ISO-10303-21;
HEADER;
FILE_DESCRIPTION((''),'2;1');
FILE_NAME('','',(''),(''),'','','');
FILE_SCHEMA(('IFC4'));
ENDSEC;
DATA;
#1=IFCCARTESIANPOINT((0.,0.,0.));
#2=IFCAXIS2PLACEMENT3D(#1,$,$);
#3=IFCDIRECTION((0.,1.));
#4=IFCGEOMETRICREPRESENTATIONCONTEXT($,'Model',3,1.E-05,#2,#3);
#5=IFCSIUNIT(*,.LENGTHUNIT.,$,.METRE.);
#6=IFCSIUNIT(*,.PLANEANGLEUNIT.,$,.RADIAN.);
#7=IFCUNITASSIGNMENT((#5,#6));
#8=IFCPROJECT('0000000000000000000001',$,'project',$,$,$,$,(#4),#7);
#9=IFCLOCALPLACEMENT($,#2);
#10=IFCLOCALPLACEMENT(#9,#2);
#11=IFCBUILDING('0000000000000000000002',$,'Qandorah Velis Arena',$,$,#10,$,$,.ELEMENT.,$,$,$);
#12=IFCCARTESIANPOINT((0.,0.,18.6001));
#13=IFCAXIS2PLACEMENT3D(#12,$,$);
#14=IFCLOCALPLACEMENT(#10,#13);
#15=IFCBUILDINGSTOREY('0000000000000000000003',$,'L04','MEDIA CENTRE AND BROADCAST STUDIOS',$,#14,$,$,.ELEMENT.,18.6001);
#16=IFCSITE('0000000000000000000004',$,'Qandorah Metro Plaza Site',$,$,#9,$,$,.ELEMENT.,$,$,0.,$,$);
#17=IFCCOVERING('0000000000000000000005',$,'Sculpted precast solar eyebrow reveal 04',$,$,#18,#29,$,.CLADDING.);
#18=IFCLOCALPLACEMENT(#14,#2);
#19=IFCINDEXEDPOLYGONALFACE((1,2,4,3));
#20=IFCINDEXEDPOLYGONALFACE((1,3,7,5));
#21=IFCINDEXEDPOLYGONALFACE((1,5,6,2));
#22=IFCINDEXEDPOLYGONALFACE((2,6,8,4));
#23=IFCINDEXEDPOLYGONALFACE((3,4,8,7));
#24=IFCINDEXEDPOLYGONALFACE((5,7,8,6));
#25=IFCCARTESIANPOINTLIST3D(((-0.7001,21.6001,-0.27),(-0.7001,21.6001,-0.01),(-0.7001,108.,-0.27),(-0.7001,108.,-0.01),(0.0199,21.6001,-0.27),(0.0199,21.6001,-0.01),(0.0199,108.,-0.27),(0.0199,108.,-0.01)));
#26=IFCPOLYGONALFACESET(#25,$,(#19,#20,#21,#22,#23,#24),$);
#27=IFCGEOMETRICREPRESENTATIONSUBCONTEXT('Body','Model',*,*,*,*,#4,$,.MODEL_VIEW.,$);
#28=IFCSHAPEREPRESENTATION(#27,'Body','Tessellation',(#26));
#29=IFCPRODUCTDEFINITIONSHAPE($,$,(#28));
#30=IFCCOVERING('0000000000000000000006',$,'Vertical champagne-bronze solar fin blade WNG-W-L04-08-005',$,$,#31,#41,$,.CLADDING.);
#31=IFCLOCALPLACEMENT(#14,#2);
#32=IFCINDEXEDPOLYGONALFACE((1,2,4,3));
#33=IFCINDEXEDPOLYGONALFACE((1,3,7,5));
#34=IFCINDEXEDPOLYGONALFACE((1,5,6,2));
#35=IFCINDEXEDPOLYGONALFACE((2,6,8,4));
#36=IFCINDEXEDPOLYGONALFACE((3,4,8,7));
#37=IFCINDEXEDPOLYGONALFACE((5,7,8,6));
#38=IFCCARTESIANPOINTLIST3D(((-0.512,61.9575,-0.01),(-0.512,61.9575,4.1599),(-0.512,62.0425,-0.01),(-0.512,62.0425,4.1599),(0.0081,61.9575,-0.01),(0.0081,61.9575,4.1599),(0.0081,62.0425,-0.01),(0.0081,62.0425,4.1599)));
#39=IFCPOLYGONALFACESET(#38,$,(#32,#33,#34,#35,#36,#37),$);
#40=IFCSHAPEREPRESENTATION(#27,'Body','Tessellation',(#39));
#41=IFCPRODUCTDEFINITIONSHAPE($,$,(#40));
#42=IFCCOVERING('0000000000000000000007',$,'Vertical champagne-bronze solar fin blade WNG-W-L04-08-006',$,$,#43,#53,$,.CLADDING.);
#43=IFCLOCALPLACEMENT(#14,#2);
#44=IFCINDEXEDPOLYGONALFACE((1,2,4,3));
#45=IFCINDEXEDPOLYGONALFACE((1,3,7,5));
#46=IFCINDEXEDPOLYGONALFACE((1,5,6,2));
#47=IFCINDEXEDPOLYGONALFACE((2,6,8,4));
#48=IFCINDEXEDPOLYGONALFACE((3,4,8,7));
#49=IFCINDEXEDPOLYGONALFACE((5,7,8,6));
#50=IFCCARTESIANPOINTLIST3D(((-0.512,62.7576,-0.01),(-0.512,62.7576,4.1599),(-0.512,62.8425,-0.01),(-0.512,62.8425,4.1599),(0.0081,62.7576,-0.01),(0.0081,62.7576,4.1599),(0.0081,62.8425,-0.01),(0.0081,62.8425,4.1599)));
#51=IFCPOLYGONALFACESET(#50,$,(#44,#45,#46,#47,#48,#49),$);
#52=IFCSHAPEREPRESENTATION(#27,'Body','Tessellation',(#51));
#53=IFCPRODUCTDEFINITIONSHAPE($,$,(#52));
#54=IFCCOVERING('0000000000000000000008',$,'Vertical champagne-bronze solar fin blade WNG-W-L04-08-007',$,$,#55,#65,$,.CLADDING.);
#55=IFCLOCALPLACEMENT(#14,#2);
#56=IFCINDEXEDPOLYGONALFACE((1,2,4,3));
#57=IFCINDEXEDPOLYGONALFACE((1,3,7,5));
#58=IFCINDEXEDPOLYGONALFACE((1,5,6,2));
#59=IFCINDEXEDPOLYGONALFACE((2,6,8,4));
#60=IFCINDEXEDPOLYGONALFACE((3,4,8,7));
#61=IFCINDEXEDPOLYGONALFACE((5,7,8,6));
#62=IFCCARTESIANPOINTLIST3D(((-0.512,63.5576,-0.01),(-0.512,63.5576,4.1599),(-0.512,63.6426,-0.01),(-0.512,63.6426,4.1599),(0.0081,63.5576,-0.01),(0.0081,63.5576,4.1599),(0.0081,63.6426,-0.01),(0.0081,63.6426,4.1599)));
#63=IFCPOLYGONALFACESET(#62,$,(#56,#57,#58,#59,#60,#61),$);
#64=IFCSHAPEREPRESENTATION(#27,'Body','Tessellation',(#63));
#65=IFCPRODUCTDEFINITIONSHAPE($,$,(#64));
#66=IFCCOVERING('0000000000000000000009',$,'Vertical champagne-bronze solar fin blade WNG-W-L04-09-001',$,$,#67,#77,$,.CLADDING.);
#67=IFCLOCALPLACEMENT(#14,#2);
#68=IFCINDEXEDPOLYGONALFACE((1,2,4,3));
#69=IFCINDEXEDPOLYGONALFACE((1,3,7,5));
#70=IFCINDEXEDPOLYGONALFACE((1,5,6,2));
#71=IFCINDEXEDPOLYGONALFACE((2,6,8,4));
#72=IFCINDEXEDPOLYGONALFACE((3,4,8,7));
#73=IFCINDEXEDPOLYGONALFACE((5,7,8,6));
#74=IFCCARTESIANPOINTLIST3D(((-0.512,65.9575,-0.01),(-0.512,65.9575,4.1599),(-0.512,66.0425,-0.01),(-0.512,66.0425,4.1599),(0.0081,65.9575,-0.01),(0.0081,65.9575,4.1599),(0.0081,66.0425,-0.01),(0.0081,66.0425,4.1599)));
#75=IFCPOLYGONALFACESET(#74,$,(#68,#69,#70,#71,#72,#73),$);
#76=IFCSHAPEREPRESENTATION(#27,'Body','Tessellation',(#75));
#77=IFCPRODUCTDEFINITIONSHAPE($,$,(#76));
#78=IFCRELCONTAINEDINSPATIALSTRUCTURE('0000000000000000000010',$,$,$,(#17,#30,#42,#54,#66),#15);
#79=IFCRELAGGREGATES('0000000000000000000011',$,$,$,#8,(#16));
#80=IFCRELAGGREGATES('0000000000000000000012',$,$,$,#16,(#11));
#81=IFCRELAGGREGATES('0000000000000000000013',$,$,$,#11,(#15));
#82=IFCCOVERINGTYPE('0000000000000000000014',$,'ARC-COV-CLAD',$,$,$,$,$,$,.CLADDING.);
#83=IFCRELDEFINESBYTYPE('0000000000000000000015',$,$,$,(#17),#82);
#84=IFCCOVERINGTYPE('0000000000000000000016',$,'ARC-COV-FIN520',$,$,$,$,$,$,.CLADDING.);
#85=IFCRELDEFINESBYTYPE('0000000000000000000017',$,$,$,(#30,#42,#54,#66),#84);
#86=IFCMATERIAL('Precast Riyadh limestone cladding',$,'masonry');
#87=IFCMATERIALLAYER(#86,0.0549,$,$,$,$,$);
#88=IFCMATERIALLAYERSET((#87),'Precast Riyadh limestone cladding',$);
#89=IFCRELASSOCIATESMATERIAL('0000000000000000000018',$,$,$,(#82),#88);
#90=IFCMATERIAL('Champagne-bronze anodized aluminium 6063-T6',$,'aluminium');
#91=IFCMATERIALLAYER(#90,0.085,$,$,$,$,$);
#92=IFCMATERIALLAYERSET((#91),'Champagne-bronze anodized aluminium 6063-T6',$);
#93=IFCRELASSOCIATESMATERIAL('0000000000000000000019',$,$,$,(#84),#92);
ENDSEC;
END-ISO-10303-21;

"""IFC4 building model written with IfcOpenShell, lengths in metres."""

from ifc_helpers import new_model, si_unit, direction, frame, origin, origin_2d, place, context, subcontext, project, spatial, rectangle, extrude, material, layer, layer_set, type_object, element, save


model = new_model("IFC4")

# Units and contexts
model_context = context("Model", 3, precision=1e-05, world=origin(), true_north=direction((0.0, 1.0)))
body_context = subcontext(model_context, "Body", "Model", "MODEL_VIEW")
ifc_project = project(units=[si_unit("LENGTHUNIT", "METRE"), si_unit("PLANEANGLEUNIT", "RADIAN")], contexts=[model_context])

# Site, building, storey
site_placement = place(None, origin())
site = spatial("IfcSite", under=ifc_project, at=site_placement, Name="Qandorah Metro Plaza Site", CompositionType="ELEMENT", RefElevation=0.0)
building_placement = place(site_placement, origin())
building = spatial("IfcBuilding", under=site, at=building_placement, Name="Qandorah Velis Arena", CompositionType="ELEMENT")
storey_placement = place(building_placement, frame((0.0, 0.0, 18.6001)))
storey = spatial("IfcBuildingStorey", under=building, at=storey_placement, Name="L04", Description="MEDIA CENTRE AND BROADCAST STUDIOS", CompositionType="ELEMENT", Elevation=18.6001)

# Shared definitions
ifc_material_1 = material(Name="Champagne-bronze anodized aluminium 6063-T6", Category="aluminium")

# Coverings
ifc_material_2 = material(Name="Precast Riyadh limestone cladding", Category="masonry")
ifc_layer_1 = layer(ifc_material_2, 0.0549)
ifc_layer_set_1 = layer_set([ifc_layer_1], Name="Precast Riyadh limestone cladding")
covering_type_1 = type_object("IfcCoveringType", Name="ARC-COV-CLAD", PredefinedType="CLADDING", material=ifc_layer_set_1)
covering_placement = place(storey_placement, frame((-0.3401, 64.8, -0.27), z_axis=(0.0, 0.0, 1.0), x_axis=(1.0, 0.0, 0.0)))
element("IfcCovering", 1, at=covering_placement, inside=storey, type_object=covering_type_1, Name="Sculpted precast solar eyebrow reveal 04", PredefinedType="CLADDING", context=body_context, shape_type="SweptSolid", body=[
    extrude(rectangle(XDim=0.72, YDim=86.3999, at=origin_2d()), origin(), (0.0, 0.0, 1.0), 0.26),
])
ifc_layer_2 = layer(ifc_material_1, 0.085)
ifc_layer_set_2 = layer_set([ifc_layer_2], Name="Champagne-bronze anodized aluminium 6063-T6")
covering_type_2 = type_object("IfcCoveringType", Name="ARC-COV-FIN520", PredefinedType="CLADDING", material=ifc_layer_set_2)
for number, where, z_axis, x_axis, name in (
    (2, (-0.252, 62.0, -0.01), (0.0, 0.0, 1.0), (1.0, 0.0, 0.0), "Vertical champagne-bronze solar fin blade WNG-W-L04-08-005"),
    (3, (-0.252, 62.8, -0.01), (0.0, 0.0, 1.0), (1.0, 0.0, 0.0), "Vertical champagne-bronze solar fin blade WNG-W-L04-08-006"),
    (4, (-0.252, 63.6001, -0.01), (0.0, 0.0, 1.0), (1.0, 0.0, 0.0), "Vertical champagne-bronze solar fin blade WNG-W-L04-08-007"),
    (5, (-0.252, 66.0, -0.01), (0.0, 0.0, 1.0), (1.0, 0.0, 0.0), "Vertical champagne-bronze solar fin blade WNG-W-L04-09-001"),
):
    element("IfcCovering", number, at=place(storey_placement, frame(where, z_axis=z_axis, x_axis=x_axis)), inside=storey, type_object=covering_type_2, Name=name, PredefinedType="CLADDING", context=body_context, shape_type="SweptSolid", body=[
        extrude(rectangle(XDim=0.52, YDim=0.085, at=origin_2d()), origin(), (0.0, 0.0, 1.0), 4.1699),
    ])

save(model, "model.ifc")
